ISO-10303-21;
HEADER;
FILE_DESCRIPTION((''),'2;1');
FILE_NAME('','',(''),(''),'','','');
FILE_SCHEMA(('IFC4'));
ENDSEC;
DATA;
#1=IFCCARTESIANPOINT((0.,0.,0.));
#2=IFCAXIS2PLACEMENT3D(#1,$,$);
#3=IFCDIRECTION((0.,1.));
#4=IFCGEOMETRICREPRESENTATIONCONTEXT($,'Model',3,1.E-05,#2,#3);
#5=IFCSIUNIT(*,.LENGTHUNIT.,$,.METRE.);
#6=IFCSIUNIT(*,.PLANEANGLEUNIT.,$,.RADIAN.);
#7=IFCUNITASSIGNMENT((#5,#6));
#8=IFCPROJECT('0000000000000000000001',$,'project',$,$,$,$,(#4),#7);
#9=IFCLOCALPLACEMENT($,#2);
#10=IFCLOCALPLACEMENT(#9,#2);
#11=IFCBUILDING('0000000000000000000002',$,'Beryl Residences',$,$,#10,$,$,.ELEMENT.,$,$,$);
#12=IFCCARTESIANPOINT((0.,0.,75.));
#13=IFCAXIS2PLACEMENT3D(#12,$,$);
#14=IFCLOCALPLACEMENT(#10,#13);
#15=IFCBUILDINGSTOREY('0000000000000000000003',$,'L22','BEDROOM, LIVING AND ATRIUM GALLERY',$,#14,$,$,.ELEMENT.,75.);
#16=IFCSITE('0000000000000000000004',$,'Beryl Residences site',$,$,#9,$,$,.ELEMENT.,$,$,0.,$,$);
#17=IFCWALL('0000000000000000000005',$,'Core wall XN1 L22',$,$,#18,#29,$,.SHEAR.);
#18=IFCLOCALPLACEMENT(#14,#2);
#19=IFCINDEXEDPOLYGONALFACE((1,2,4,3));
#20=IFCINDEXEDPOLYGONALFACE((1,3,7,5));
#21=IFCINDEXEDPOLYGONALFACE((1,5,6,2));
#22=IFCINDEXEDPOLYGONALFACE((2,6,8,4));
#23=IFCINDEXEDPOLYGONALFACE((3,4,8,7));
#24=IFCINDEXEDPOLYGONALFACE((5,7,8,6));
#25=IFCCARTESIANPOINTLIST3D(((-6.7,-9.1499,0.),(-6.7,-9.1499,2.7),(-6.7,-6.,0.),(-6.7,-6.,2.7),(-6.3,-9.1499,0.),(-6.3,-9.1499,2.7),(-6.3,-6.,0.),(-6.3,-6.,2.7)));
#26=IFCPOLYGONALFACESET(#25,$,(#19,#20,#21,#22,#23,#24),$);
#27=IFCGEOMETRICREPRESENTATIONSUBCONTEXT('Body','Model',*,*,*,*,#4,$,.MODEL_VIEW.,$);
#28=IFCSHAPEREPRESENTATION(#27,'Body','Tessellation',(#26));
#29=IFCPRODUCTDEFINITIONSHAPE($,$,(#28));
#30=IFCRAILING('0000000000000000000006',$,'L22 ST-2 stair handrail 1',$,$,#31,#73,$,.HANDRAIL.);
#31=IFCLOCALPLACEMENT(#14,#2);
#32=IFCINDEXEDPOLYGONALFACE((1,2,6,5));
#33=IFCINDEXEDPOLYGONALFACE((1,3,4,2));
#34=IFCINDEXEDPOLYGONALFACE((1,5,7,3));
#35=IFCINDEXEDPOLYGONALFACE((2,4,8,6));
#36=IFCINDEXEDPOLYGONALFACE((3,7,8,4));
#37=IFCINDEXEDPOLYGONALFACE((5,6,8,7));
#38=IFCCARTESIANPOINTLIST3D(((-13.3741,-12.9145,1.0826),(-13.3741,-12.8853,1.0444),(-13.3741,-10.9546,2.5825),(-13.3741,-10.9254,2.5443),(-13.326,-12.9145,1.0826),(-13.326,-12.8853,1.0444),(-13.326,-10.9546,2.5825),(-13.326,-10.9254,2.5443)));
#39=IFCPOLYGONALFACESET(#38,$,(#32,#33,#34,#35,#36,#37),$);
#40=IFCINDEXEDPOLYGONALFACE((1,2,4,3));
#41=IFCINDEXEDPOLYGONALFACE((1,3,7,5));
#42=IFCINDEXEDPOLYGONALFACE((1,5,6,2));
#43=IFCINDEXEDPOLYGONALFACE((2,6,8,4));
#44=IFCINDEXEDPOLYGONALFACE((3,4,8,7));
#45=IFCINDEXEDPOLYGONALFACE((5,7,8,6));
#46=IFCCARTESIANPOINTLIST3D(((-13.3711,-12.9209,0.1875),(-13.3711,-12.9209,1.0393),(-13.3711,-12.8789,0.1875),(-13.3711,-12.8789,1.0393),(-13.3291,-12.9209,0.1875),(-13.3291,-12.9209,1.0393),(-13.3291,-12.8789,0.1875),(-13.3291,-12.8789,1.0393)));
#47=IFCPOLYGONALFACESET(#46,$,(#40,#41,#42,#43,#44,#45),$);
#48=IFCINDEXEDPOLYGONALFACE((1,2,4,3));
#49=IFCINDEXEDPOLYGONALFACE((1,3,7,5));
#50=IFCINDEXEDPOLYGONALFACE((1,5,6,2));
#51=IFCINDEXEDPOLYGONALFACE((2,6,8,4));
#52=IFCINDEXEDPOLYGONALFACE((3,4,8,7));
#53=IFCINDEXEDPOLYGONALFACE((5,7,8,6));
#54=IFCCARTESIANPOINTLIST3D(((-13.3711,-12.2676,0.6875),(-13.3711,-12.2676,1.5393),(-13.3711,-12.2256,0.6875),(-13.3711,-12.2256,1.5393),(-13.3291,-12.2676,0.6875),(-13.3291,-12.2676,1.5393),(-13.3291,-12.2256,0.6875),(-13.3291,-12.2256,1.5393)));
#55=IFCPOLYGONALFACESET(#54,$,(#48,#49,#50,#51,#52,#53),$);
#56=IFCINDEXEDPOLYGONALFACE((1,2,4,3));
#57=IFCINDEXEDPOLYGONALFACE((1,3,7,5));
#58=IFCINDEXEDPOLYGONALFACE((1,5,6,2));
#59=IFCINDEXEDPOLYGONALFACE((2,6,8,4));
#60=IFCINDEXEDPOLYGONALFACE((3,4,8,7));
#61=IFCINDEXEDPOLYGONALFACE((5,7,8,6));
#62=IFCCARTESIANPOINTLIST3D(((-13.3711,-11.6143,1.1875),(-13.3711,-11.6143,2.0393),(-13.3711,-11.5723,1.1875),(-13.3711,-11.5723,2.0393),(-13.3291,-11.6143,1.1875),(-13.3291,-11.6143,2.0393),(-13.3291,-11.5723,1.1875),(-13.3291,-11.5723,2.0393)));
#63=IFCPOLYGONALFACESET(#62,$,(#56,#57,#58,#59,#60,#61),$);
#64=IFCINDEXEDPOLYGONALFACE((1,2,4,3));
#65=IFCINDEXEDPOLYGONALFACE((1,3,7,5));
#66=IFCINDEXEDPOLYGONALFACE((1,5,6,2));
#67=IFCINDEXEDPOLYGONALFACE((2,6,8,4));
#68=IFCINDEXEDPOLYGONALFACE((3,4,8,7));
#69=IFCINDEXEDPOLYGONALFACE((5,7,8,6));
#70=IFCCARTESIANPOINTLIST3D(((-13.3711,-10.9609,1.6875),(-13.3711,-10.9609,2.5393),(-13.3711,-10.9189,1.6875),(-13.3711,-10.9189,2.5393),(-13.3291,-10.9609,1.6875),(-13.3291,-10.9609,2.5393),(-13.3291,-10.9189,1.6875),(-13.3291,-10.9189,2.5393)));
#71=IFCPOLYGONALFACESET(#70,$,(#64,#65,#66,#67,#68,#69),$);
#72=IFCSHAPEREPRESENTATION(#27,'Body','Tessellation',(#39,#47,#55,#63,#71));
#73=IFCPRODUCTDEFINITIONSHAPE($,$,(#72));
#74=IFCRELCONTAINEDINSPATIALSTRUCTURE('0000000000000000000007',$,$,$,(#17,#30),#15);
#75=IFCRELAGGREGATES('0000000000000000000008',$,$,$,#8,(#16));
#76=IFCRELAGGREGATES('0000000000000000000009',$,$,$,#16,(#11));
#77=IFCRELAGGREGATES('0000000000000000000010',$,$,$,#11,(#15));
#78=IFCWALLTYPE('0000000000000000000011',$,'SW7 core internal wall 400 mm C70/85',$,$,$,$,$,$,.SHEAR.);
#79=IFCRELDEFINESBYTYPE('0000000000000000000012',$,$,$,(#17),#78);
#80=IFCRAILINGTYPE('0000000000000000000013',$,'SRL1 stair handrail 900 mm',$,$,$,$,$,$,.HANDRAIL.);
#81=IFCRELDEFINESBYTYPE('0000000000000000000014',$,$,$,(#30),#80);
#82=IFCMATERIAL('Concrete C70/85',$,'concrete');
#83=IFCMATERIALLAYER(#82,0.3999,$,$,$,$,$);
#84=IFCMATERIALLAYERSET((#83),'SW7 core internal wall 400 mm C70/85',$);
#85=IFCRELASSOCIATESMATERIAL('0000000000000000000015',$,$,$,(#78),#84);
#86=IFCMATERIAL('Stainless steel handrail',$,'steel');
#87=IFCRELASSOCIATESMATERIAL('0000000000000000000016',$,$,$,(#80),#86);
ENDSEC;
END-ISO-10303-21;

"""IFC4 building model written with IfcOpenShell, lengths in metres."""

from ifc_helpers import new_model, si_unit, direction, frame, frame_2d, origin, origin_2d, place, context, subcontext, project, spatial, rectangle, extrude, material, layer, layer_set, type_object, element, save


model = new_model("IFC4")

# Units and contexts
model_context = context("Model", 3, precision=1e-05, world=origin(), true_north=direction((0.0, 1.0)))
body_context = subcontext(model_context, "Body", "Model", "MODEL_VIEW")
ifc_project = project(units=[si_unit("LENGTHUNIT", "METRE"), si_unit("PLANEANGLEUNIT", "RADIAN")], contexts=[model_context])

# Site, building, storey
site_placement = place(None, origin())
site = spatial("IfcSite", under=ifc_project, at=site_placement, Name="Beryl Residences site", CompositionType="ELEMENT", RefElevation=0.0)
building_placement = place(site_placement, origin())
building = spatial("IfcBuilding", under=site, at=building_placement, Name="Beryl Residences", CompositionType="ELEMENT")
storey_placement = place(building_placement, frame((0.0, 0.0, 75.0)))
storey = spatial("IfcBuildingStorey", under=building, at=storey_placement, Name="L22", Description="BEDROOM, LIVING AND ATRIUM GALLERY", CompositionType="ELEMENT", Elevation=75.0)

# Shared definitions
ifc_material_1 = material(Name="Concrete C70/85", Category="concrete")
ifc_layer_1 = layer(ifc_material_1, 0.3999)
ifc_layer_set_1 = layer_set([ifc_layer_1], Name="SW7 core internal wall 400 mm C70/85")
wall_type_1 = type_object("IfcWallType", Name="SW7 core internal wall 400 mm C70/85", PredefinedType="SHEAR", material=ifc_layer_set_1)

# Wall
wall_1_placement = place(storey_placement, frame((-6.5, -9.1499, 0.0), z_axis=(0.0, 0.0, 1.0), x_axis=(0.0, 1.0, 0.0)))
element("IfcWall", 1, at=wall_1_placement, inside=storey, type_object=wall_type_1, Name="Core wall XN1 L22", PredefinedType="SHEAR", context=body_context, shape_type="SweptSolid", body=[
    extrude(rectangle(XDim=3.1499, YDim=0.3999, at=frame_2d((1.575, 0.0))), origin(), (0.0, 0.0, 1.0), 2.7),
])

# Railing
ifc_material_2 = material(Name="Stainless steel handrail", Category="steel")
railing_type = type_object("IfcRailingType", Name="SRL1 stair handrail 900 mm", PredefinedType="HANDRAIL", material=ifc_material_2)
railing_placement = place(storey_placement, frame((-13.3501, -12.8999, 0.1875)))
element("IfcRailing", 2, at=railing_placement, inside=storey, type_object=railing_type, Name="L22 ST-2 stair handrail 1", PredefinedType="HANDRAIL", context=body_context, shape_type="SweptSolid", body=[
    extrude(rectangle(XDim=0.0481, YDim=0.0481, at=origin_2d()), frame((0.0, 0.0, 0.876), z_axis=(0.0, 0.794122, 0.607758), x_axis=(-1.0, 0.0, 0.0)), (0.0, 0.0, 1.0), 2.468),
    extrude(rectangle(XDim=0.042, YDim=0.042, at=origin_2d()), origin(), (0.0, 0.0, 1.0), 0.8518),
    extrude(rectangle(XDim=0.042, YDim=0.042, at=origin_2d()), frame((0.0, 0.6533, 0.5)), (0.0, 0.0, 1.0), 0.8518),
    extrude(rectangle(XDim=0.042, YDim=0.042, at=origin_2d()), frame((0.0, 1.3066, 1.0)), (0.0, 0.0, 1.0), 0.8518),
    extrude(rectangle(XDim=0.042, YDim=0.042, at=origin_2d()), frame((0.0, 1.96, 1.5)), (0.0, 0.0, 1.0), 0.8518),
])

save(model, "model.ifc")
